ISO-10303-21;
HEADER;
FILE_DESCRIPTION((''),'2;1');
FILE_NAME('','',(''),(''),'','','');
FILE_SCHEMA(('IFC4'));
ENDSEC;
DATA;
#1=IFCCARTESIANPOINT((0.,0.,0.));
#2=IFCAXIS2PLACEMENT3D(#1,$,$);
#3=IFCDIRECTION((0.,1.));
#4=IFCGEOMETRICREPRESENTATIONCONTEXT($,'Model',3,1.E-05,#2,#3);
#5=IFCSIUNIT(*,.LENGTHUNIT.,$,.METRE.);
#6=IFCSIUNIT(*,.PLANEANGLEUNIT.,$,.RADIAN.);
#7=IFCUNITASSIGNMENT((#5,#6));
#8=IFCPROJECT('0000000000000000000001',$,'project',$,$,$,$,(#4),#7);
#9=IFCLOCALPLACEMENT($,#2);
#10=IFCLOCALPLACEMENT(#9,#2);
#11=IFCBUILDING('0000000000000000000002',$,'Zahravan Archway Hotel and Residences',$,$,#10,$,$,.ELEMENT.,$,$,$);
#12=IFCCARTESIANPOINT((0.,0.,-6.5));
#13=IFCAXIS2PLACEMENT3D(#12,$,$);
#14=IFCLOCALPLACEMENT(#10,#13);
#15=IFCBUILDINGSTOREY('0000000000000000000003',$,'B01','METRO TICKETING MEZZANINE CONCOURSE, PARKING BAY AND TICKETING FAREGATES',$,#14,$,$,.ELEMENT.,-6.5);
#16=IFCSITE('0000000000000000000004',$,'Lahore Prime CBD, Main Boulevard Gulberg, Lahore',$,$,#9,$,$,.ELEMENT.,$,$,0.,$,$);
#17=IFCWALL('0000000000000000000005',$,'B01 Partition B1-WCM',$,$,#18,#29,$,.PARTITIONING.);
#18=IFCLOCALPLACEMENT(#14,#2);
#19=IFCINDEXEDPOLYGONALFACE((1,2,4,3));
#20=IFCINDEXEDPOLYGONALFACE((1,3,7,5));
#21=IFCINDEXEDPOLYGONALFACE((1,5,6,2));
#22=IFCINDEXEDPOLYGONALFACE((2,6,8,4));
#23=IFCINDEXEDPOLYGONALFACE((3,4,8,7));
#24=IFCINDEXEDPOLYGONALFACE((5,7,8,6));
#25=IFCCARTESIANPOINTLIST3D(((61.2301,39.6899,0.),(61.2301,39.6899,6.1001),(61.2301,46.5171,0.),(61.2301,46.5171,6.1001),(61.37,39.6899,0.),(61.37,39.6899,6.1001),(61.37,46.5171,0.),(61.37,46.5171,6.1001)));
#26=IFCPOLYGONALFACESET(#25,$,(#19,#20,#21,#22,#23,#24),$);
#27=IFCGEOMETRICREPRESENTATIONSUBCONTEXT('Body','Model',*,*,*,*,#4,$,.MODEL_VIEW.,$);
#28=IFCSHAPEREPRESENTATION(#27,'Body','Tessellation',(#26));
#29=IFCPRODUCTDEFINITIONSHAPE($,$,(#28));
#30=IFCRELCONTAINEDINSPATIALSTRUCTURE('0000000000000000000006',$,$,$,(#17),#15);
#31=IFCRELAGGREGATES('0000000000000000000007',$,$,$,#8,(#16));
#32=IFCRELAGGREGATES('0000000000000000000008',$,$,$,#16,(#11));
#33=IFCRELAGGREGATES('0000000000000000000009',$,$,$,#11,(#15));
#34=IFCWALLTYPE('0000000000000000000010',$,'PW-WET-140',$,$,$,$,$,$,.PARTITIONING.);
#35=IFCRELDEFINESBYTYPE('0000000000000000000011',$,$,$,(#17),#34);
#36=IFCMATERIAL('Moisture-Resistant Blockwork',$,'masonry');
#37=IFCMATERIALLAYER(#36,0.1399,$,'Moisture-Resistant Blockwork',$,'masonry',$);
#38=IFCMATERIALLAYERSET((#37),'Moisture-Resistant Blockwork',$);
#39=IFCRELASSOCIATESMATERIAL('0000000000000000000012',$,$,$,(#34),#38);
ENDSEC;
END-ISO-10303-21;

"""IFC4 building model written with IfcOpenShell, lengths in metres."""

from ifc_helpers import new_model, si_unit, direction, frame, frame_2d, origin, place, context, subcontext, project, spatial, rectangle, extrude, material, layer, layer_set, type_object, element, save


model = new_model("IFC4")

# Units and contexts
model_context = context("Model", 3, precision=1e-05, world=origin(), true_north=direction((0.0, 1.0)))
body_context = subcontext(model_context, "Body", "Model", "MODEL_VIEW")
ifc_project = project(units=[si_unit("LENGTHUNIT", "METRE"), si_unit("PLANEANGLEUNIT", "RADIAN")], contexts=[model_context])

# Site, building, storey
site_placement = place(None, origin())
site = spatial("IfcSite", under=ifc_project, at=site_placement, Name="Lahore Prime CBD, Main Boulevard Gulberg, Lahore", CompositionType="ELEMENT", RefElevation=0.0)
building_placement = place(site_placement, origin())
building = spatial("IfcBuilding", under=site, at=building_placement, Name="Zahravan Archway Hotel and Residences", CompositionType="ELEMENT")
storey_placement = place(building_placement, frame((0.0, 0.0, -6.5)))
storey = spatial("IfcBuildingStorey", under=building, at=storey_placement, Name="B01", Description="METRO TICKETING MEZZANINE CONCOURSE, PARKING BAY AND TICKETING FAREGATES", CompositionType="ELEMENT", Elevation=-6.5)

# Shared definitions
ifc_material_1 = material(Name="Moisture-Resistant Blockwork", Category="masonry")
ifc_layer = layer(ifc_material_1, 0.1399, Name="Moisture-Resistant Blockwork", Category="masonry")
ifc_layer_set = layer_set([ifc_layer], Name="Moisture-Resistant Blockwork")
wall_type = type_object("IfcWallType", Name="PW-WET-140", PredefinedType="PARTITIONING", material=ifc_layer_set)

# Wall
wall_1_placement = place(storey_placement, frame((61.3, 39.6899, 0.0), z_axis=(0.0, 0.0, 1.0), x_axis=(0.0, 1.0, 0.0)))
element("IfcWall", 1, at=wall_1_placement, inside=storey, type_object=wall_type, Name="B01 Partition B1-WCM", PredefinedType="PARTITIONING", context=body_context, shape_type="SweptSolid", body=[
    extrude(rectangle(XDim=6.8271, YDim=0.1399, at=frame_2d((3.4136, 0.0))), origin(), (0.0, 0.0, 1.0), 6.1001),
])

save(model, "model.ifc")
